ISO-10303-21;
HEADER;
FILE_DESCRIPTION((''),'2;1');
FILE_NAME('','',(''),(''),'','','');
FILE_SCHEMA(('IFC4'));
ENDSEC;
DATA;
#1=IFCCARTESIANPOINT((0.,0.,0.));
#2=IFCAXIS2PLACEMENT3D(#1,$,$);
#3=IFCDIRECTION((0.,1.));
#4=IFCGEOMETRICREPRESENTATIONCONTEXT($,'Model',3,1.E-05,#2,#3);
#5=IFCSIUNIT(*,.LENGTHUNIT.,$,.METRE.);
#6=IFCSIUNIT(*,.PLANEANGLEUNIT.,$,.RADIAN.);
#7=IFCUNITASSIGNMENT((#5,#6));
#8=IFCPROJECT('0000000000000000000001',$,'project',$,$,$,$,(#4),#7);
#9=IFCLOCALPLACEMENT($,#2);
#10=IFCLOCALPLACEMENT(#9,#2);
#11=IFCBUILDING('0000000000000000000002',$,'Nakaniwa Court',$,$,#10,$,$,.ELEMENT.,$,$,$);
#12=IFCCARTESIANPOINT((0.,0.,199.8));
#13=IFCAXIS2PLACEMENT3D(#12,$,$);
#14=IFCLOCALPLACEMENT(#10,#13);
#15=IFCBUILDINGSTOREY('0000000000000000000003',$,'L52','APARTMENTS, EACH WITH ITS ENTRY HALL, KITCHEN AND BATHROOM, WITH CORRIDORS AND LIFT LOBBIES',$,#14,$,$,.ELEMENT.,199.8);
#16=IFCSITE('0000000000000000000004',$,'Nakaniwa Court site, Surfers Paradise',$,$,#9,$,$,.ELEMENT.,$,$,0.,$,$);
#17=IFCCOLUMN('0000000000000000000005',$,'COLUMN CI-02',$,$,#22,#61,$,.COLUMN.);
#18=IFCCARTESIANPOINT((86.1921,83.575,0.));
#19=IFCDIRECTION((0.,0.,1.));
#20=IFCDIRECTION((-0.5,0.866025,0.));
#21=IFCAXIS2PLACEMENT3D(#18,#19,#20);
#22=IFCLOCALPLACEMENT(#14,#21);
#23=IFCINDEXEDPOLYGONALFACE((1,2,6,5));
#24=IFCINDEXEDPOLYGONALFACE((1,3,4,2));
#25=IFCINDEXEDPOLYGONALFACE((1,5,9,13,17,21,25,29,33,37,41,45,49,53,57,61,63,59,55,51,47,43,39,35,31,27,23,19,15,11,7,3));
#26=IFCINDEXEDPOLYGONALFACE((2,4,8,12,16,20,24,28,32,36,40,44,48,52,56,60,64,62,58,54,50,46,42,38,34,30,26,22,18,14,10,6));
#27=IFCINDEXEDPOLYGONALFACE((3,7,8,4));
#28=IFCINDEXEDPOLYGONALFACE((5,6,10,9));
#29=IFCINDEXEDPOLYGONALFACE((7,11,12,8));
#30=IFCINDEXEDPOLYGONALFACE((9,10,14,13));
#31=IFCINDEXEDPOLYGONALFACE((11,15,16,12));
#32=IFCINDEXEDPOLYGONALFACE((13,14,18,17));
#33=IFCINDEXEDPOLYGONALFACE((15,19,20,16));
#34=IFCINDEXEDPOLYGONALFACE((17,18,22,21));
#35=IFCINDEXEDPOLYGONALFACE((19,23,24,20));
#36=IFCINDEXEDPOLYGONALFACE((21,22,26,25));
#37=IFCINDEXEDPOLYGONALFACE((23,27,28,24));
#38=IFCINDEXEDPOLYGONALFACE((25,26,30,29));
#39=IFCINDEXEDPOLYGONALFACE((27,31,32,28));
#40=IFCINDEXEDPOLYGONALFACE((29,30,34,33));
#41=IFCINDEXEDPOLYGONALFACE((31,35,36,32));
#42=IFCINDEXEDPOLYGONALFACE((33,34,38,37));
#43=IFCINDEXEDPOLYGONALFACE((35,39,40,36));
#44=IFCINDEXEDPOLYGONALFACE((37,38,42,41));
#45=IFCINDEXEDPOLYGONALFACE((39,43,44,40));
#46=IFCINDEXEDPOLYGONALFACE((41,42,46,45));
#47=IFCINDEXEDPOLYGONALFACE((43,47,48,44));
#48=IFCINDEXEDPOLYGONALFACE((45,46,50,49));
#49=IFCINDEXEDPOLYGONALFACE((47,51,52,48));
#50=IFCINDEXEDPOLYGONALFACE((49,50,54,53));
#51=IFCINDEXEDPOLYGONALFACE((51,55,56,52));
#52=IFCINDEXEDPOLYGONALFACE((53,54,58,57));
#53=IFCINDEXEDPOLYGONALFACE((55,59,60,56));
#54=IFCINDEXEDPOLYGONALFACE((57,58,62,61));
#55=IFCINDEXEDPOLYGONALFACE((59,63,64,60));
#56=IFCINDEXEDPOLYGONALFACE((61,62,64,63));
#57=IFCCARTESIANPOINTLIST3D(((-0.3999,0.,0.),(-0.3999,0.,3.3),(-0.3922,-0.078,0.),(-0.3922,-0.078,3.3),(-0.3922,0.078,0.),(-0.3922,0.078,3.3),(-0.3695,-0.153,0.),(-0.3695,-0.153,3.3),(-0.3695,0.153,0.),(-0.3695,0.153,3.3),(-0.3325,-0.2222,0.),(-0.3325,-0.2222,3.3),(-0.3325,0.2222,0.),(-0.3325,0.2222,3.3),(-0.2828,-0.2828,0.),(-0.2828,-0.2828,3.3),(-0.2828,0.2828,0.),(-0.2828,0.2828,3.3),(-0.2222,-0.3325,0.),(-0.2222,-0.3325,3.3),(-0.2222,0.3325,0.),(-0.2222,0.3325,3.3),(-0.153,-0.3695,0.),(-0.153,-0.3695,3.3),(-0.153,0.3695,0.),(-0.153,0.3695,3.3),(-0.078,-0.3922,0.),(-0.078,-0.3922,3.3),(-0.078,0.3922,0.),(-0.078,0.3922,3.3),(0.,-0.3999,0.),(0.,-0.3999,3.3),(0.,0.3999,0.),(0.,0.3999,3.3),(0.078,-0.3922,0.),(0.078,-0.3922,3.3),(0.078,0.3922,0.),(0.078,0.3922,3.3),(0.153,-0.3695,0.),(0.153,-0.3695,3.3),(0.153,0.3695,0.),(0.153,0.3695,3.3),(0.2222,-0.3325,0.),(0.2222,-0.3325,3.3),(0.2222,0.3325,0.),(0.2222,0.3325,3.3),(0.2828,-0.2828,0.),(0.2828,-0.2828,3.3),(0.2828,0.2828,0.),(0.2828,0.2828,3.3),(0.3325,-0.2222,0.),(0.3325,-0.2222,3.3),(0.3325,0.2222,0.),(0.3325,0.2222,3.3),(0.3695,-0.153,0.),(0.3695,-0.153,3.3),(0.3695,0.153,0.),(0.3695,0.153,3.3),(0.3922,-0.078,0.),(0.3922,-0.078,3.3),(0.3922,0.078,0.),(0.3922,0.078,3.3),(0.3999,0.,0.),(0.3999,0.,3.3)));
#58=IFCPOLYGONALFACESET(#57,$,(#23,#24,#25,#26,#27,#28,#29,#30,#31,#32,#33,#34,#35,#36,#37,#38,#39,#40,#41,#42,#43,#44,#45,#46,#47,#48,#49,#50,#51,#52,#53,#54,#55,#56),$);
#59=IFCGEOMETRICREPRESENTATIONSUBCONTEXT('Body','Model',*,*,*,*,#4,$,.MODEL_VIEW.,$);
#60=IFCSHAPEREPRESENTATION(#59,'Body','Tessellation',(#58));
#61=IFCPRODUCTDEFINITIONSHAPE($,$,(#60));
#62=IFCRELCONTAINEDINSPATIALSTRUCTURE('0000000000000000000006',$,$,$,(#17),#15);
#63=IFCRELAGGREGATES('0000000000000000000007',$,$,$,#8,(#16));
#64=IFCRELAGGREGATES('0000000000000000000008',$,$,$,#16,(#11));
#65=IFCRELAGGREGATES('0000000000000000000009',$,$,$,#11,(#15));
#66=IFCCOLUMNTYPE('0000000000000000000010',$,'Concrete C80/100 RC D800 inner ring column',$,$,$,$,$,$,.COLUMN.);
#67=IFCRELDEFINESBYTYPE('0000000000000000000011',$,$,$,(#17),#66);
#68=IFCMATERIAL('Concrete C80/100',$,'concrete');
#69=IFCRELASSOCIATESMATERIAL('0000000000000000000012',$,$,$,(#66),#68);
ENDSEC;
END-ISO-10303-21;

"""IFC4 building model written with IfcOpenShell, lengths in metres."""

from ifc_helpers import new_model, si_unit, direction, frame, origin, origin_2d, place, context, subcontext, project, spatial, circle, extrude, material, material_profile, profile_set, type_object, element, save


model = new_model("IFC4")

# Units and contexts
model_context = context("Model", 3, precision=1e-05, world=origin(), true_north=direction((0.0, 1.0)))
body_context = subcontext(model_context, "Body", "Model", "MODEL_VIEW")
ifc_project = project(units=[si_unit("LENGTHUNIT", "METRE"), si_unit("PLANEANGLEUNIT", "RADIAN")], contexts=[model_context])

# Site, building, storey
site_placement = place(None, origin())
site = spatial("IfcSite", under=ifc_project, at=site_placement, Name="Nakaniwa Court site, Surfers Paradise", CompositionType="ELEMENT", RefElevation=0.0)
building_placement = place(site_placement, origin())
building = spatial("IfcBuilding", under=site, at=building_placement, Name="Nakaniwa Court", CompositionType="ELEMENT")
storey_placement = place(building_placement, frame((0.0, 0.0, 199.8)))
storey = spatial("IfcBuildingStorey", under=building, at=storey_placement, Name="L52", Description="APARTMENTS, EACH WITH ITS ENTRY HALL, KITCHEN AND BATHROOM, WITH CORRIDORS AND LIFT LOBBIES", CompositionType="ELEMENT", Elevation=199.8)

# Column
ifc_material_1 = material(Name="Concrete C80/100", Category="concrete")
ifc_material_profile_1 = material_profile(ifc_material_1, circle(Radius=0.3999, at=origin_2d()), Name="Concrete C80/100 RC D800 inner ring column")
ifc_profile_set_1 = profile_set([ifc_material_profile_1], Name="Concrete C80/100")
column_type_1 = type_object("IfcColumnType", Name="Concrete C80/100 RC D800 inner ring column", PredefinedType="COLUMN", material=ifc_profile_set_1)
for number, where, z_axis, x_axis, name in (
    (1, (86.1921, 83.575, 0.0), (0.0, 0.0, 1.0), (-0.5, 0.866025, 0.0), "COLUMN CI-02"),
):
    element("IfcColumn", number, at=place(storey_placement, frame(where, z_axis=z_axis, x_axis=x_axis)), inside=storey, type_object=column_type_1, Name=name, PredefinedType="COLUMN", context=body_context, shape_type="SweptSolid", body=[
        extrude(circle(Radius=0.3999, at=origin_2d()), origin(), (0.0, 0.0, 1.0), 3.3),
    ])

save(model, "model.ifc")
